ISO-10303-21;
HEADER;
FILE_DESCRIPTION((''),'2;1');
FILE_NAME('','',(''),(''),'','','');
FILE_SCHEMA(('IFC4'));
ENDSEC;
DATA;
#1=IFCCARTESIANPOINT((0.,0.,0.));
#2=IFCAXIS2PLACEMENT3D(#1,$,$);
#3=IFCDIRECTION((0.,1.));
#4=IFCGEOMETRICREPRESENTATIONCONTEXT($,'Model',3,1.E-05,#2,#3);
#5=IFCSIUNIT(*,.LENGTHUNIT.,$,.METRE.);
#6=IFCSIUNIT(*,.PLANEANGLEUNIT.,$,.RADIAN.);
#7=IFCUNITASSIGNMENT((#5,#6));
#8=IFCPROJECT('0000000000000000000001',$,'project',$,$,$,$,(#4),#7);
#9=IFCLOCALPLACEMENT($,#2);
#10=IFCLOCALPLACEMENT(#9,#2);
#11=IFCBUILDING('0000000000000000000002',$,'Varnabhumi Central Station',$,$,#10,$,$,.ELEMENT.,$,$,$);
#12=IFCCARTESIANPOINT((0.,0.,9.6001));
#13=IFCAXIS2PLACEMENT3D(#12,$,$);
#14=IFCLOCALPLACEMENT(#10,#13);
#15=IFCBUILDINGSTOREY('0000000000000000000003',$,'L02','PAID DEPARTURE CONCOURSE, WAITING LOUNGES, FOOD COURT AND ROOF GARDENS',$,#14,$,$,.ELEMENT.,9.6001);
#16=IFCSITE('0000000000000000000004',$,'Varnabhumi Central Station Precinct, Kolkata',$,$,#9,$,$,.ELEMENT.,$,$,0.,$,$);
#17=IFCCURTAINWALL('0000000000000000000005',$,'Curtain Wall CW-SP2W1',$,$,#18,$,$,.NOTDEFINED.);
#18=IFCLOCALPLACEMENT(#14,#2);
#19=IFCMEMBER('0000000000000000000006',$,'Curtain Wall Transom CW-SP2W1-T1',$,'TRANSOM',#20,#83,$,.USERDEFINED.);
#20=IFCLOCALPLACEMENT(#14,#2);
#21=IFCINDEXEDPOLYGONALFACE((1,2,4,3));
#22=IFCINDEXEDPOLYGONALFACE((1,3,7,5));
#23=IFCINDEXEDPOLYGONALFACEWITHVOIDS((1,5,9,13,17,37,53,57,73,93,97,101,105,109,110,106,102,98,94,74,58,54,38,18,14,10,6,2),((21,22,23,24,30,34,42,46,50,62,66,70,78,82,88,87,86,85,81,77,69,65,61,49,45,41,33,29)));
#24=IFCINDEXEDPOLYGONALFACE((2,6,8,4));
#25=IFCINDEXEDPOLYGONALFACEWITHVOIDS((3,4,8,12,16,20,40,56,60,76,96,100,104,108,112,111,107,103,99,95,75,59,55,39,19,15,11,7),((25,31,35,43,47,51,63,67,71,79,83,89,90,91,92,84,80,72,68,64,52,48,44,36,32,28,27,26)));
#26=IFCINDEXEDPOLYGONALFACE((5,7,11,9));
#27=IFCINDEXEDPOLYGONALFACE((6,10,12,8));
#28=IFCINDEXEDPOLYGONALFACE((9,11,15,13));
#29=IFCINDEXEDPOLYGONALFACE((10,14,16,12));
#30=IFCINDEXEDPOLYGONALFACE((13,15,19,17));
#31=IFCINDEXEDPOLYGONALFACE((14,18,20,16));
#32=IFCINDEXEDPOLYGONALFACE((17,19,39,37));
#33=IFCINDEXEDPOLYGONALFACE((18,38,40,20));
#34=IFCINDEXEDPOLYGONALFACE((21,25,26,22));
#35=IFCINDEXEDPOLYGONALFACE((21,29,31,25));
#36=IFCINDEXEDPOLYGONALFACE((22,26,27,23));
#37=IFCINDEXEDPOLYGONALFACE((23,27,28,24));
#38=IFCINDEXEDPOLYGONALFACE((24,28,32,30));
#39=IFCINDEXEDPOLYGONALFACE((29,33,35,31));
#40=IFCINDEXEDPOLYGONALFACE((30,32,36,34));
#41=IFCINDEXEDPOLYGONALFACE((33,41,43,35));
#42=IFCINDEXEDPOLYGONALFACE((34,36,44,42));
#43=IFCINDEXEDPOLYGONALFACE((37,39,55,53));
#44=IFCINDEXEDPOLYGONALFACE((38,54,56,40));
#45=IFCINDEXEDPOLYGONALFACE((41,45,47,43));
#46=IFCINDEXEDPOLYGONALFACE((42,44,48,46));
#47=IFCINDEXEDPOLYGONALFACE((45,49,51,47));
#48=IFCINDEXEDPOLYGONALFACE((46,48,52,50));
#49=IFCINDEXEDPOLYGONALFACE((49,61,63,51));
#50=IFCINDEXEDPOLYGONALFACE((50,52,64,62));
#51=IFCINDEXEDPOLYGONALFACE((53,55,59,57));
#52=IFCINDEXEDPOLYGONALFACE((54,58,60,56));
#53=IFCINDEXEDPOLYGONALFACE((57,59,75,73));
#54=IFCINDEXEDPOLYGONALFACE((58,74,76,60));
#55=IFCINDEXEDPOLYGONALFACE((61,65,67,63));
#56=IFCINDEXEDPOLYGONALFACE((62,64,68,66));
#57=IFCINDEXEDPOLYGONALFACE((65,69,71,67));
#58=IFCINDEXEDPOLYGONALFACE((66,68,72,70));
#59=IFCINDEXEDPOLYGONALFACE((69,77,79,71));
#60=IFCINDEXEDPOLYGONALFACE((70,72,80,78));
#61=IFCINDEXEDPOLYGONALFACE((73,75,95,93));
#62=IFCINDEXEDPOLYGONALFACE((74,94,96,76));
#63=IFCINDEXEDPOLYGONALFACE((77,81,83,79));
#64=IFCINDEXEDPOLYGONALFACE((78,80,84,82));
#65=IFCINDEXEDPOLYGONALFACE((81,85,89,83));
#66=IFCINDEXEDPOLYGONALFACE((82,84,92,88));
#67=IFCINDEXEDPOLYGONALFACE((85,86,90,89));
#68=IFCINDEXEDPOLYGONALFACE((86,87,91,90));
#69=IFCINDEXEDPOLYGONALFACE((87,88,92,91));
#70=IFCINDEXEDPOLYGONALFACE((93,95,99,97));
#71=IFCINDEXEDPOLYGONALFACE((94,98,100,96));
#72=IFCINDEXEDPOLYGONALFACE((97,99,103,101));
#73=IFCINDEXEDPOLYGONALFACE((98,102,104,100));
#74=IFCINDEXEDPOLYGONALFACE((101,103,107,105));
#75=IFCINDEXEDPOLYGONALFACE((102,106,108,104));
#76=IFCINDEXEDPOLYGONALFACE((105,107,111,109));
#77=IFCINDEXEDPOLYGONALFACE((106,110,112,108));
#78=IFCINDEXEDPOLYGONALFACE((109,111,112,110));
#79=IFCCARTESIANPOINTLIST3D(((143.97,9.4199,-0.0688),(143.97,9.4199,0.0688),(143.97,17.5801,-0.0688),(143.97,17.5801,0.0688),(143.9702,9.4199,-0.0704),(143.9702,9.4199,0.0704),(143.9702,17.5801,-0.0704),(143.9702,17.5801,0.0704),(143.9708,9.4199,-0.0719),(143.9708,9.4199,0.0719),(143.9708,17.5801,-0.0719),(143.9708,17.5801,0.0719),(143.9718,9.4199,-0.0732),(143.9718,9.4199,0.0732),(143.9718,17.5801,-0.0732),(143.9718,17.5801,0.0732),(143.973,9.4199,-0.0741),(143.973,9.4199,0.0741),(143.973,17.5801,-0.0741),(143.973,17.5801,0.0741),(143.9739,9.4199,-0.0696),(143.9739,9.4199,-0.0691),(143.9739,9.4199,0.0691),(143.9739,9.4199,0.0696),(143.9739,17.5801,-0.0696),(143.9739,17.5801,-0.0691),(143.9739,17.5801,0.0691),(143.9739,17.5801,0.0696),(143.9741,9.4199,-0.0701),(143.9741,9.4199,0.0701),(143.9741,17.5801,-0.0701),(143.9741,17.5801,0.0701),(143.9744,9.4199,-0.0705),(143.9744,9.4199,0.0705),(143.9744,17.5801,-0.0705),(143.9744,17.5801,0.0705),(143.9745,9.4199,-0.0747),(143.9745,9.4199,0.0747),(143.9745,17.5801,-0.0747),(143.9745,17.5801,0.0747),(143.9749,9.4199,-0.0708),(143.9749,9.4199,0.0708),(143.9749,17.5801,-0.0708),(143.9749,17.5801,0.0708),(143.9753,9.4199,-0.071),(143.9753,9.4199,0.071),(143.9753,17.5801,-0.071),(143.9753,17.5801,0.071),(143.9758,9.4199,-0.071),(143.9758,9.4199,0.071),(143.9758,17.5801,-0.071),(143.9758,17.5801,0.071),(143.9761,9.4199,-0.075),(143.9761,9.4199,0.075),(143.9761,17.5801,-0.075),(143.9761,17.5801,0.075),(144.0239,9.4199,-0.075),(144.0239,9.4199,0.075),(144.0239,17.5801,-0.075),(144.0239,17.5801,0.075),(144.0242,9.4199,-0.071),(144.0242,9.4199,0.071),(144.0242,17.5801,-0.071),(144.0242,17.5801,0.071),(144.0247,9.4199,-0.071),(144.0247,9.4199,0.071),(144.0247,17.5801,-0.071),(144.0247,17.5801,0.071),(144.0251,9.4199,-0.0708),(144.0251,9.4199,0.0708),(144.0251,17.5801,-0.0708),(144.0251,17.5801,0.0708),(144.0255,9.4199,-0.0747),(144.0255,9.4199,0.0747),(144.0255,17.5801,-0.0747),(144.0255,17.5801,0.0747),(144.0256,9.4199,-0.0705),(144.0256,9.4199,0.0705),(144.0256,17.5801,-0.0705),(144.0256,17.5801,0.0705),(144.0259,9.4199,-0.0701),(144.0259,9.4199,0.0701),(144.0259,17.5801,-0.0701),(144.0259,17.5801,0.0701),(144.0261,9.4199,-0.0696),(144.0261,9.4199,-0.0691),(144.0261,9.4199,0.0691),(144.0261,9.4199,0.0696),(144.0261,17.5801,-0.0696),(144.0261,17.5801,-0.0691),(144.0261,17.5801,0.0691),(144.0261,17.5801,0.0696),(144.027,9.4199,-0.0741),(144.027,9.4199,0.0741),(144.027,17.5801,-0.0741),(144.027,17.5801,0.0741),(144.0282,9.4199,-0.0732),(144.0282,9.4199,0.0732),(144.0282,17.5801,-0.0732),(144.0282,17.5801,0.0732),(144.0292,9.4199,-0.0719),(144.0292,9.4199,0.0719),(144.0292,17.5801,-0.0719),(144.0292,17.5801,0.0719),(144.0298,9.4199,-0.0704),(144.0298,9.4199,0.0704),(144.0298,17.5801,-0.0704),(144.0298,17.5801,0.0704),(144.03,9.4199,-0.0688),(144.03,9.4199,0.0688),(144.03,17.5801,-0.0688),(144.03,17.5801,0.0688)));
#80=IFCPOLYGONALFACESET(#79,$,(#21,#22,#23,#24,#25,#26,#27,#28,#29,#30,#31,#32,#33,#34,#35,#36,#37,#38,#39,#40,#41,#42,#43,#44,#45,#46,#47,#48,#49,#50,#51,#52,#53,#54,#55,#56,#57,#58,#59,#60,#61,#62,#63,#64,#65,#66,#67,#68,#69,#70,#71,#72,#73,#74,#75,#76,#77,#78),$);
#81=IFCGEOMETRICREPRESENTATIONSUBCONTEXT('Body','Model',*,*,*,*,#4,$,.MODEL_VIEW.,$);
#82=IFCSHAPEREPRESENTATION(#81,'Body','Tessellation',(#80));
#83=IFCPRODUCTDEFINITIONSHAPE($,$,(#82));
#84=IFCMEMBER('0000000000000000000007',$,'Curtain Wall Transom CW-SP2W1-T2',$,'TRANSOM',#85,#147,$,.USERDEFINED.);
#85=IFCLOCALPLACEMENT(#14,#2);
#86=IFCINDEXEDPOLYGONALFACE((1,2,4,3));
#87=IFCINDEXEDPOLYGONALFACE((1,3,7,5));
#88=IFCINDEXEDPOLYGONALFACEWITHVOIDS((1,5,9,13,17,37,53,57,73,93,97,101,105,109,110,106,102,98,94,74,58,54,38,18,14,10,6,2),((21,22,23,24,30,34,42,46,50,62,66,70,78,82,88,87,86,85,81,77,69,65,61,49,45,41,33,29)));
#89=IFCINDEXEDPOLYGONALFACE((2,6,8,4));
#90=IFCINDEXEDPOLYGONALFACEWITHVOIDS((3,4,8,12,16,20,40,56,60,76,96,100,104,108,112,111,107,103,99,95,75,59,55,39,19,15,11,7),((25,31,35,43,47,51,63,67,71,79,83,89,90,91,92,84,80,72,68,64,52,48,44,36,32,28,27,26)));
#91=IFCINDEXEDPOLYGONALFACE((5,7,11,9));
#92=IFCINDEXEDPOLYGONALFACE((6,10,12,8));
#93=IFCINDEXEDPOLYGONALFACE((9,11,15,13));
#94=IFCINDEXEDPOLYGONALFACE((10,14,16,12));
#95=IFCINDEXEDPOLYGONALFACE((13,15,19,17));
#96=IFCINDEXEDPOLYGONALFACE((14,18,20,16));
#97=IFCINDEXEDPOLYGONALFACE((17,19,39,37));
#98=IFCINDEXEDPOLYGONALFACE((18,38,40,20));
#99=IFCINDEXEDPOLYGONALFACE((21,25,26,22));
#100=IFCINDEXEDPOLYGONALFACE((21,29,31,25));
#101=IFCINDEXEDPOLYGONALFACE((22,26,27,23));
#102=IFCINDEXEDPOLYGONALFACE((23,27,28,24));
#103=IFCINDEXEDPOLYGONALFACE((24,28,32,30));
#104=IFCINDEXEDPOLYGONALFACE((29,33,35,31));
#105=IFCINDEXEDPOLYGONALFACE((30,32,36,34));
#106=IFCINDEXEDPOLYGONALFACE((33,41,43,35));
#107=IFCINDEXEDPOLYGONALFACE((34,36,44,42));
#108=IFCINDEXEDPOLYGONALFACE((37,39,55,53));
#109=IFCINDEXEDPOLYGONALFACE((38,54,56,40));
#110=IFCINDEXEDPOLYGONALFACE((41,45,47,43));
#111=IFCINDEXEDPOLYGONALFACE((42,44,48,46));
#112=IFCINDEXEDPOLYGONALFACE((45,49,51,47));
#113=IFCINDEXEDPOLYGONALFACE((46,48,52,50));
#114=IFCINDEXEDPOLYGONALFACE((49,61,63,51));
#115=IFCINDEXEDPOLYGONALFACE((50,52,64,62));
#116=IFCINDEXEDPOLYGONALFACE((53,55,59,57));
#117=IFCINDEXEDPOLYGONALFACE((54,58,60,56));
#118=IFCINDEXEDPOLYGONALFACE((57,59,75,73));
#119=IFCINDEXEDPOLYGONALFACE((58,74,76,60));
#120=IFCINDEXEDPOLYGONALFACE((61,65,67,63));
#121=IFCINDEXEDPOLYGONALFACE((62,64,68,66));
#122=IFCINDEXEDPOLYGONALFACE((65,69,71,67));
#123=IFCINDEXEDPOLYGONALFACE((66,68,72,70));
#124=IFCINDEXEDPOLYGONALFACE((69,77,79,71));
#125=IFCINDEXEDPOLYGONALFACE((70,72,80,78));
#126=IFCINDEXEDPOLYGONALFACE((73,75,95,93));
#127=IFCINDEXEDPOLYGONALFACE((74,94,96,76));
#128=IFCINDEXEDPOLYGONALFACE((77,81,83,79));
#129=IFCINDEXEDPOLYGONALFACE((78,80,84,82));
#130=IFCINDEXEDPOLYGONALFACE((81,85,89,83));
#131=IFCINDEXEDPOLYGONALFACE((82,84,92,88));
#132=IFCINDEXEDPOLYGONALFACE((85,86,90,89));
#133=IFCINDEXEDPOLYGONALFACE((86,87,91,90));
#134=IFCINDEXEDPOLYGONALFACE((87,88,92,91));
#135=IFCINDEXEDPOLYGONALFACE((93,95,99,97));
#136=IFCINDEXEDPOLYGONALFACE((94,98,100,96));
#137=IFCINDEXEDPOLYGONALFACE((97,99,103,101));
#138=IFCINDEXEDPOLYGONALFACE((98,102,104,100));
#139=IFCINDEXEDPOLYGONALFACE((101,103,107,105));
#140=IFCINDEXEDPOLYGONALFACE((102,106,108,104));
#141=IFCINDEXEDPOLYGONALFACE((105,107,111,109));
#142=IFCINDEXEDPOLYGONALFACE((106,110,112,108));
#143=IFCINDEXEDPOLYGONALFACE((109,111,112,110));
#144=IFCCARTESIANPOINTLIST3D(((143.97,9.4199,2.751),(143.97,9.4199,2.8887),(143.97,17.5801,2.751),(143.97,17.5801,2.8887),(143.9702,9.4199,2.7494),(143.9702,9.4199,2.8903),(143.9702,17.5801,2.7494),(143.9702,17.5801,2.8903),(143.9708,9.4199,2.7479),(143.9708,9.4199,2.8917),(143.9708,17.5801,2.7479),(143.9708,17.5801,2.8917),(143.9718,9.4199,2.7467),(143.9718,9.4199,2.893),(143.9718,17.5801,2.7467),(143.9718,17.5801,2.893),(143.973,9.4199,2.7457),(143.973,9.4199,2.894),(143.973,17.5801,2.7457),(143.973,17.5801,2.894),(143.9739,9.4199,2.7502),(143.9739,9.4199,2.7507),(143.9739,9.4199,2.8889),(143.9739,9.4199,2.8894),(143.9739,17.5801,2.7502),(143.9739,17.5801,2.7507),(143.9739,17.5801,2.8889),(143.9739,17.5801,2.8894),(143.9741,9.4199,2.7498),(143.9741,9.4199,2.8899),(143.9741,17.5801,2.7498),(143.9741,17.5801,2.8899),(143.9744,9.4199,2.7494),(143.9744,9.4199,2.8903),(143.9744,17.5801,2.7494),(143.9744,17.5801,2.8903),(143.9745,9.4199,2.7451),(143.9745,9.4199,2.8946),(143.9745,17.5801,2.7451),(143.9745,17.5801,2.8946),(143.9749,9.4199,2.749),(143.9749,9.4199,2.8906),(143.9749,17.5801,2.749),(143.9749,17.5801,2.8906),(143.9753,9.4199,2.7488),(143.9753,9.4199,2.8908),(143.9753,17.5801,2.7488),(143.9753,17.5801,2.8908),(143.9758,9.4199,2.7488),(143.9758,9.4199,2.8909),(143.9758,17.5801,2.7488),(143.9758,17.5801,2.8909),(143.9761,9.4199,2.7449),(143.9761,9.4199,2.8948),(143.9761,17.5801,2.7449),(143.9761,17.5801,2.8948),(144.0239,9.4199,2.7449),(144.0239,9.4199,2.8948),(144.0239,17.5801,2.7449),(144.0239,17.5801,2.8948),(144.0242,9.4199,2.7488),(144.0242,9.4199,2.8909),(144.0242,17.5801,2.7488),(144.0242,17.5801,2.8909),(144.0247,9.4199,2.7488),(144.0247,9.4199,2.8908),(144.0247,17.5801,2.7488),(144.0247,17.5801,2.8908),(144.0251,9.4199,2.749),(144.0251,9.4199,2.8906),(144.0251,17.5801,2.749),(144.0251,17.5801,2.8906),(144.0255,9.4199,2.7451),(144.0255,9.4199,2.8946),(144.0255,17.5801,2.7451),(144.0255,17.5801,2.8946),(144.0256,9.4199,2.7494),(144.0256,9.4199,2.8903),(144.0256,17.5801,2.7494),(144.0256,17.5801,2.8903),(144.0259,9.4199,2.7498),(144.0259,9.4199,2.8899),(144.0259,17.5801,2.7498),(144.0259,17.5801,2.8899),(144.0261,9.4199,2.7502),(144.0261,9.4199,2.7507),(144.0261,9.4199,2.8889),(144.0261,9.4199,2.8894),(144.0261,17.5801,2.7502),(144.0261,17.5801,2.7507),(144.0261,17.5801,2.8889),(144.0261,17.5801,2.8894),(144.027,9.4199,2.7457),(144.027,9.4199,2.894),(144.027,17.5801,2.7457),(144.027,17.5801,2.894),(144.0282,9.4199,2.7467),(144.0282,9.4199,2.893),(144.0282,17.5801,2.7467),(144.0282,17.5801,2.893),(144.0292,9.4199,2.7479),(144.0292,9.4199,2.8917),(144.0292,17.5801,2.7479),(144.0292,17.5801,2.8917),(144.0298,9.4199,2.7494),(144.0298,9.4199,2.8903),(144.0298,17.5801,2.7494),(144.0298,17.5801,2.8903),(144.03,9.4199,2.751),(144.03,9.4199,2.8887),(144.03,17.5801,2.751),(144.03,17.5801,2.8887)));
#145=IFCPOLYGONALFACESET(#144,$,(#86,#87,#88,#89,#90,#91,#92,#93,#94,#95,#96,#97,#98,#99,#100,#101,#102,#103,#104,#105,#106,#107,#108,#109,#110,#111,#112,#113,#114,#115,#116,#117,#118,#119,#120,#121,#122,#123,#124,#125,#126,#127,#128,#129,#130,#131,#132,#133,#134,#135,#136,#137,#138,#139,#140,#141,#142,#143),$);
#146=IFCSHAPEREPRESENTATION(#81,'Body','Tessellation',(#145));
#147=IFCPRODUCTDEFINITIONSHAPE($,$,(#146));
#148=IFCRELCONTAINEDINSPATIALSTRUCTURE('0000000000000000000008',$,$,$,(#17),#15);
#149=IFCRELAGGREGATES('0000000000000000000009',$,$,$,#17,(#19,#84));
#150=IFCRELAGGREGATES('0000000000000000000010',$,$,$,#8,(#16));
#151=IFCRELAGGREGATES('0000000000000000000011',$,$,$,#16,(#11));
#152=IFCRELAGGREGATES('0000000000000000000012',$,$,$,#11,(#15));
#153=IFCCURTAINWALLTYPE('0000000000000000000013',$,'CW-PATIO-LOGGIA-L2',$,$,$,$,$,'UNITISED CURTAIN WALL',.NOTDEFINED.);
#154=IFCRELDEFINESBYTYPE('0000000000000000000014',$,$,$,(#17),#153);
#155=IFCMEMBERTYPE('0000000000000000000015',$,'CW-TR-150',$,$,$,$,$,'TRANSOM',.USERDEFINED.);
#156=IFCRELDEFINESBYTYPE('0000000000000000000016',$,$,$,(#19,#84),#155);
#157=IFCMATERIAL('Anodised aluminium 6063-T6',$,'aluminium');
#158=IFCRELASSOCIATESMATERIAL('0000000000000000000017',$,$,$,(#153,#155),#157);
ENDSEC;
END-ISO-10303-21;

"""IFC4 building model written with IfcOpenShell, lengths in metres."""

from ifc_helpers import new_model, si_unit, direction, frame, origin, origin_2d, place, context, subcontext, project, spatial, hollow_rectangle, extrude, material, material_profile, profile_set, type_object, element, aggregate, save


model = new_model("IFC4")

# Units and contexts
model_context = context("Model", 3, precision=1e-05, world=origin(), true_north=direction((0.0, 1.0)))
body_context = subcontext(model_context, "Body", "Model", "MODEL_VIEW")
ifc_project = project(units=[si_unit("LENGTHUNIT", "METRE"), si_unit("PLANEANGLEUNIT", "RADIAN")], contexts=[model_context])

# Site, building, storey
site_placement = place(None, origin())
site = spatial("IfcSite", under=ifc_project, at=site_placement, Name="Varnabhumi Central Station Precinct, Kolkata", CompositionType="ELEMENT", RefElevation=0.0)
building_placement = place(site_placement, origin())
building = spatial("IfcBuilding", under=site, at=building_placement, Name="Varnabhumi Central Station", CompositionType="ELEMENT")
storey_placement = place(building_placement, frame((0.0, 0.0, 9.6001)))
storey = spatial("IfcBuildingStorey", under=building, at=storey_placement, Name="L02", Description="PAID DEPARTURE CONCOURSE, WAITING LOUNGES, FOOD COURT AND ROOF GARDENS", CompositionType="ELEMENT", Elevation=9.6001)

# Curtain wall
ifc_material_1 = material(Name="Anodised aluminium 6063-T6", Category="aluminium")
curtain_wall_type = type_object("IfcCurtainWallType", Name="CW-PATIO-LOGGIA-L2", ElementType="UNITISED CURTAIN WALL", PredefinedType="NOTDEFINED", material=ifc_material_1)
curtain_wall_1_placement = place(storey_placement, origin())
curtain_wall_1 = element("IfcCurtainWall", 1, at=curtain_wall_1_placement, inside=storey, type_object=curtain_wall_type, Name="Curtain Wall CW-SP2W1", PredefinedType="NOTDEFINED")

# Members
ifc_material_profile_1 = material_profile(ifc_material_1, hollow_rectangle(XDim=0.0601, YDim=0.1499, WallThickness=0.0039, InnerFilletRadius=0.002, OuterFilletRadius=0.0061, at=origin_2d()), Name="Anodised aluminium 6063-T6", Category="aluminium")
ifc_profile_set_1 = profile_set([ifc_material_profile_1], Name="Anodised aluminium 6063-T6")
member_type_1 = type_object("IfcMemberType", Name="CW-TR-150", ElementType="TRANSOM", PredefinedType="USERDEFINED", material=ifc_profile_set_1)
member_1_placement = place(storey_placement, frame((144.0, 9.4199, 0.0), z_axis=(0.0, 1.0, 0.0), x_axis=(-1.0, 0.0, 0.0)))
member_1 = element("IfcMember", 2, at=member_1_placement, type_object=member_type_1, Name="Curtain Wall Transom CW-SP2W1-T1", ObjectType="TRANSOM", PredefinedType="USERDEFINED", context=body_context, shape_type="SweptSolid", body=[
    extrude(hollow_rectangle(XDim=0.0601, YDim=0.1499, WallThickness=0.0039, InnerFilletRadius=0.002, OuterFilletRadius=0.0061, at=origin_2d()), origin(), (0.0, 0.0, 1.0), 8.1602),
])
member_2_placement = place(storey_placement, frame((144.0, 9.4199, 2.8198), z_axis=(0.0, 1.0, 0.0), x_axis=(-1.0, 0.0, 0.0)))
member_2 = element("IfcMember", 3, at=member_2_placement, type_object=member_type_1, Name="Curtain Wall Transom CW-SP2W1-T2", ObjectType="TRANSOM", PredefinedType="USERDEFINED", context=body_context, shape_type="SweptSolid", body=[
    extrude(hollow_rectangle(XDim=0.0601, YDim=0.1499, WallThickness=0.0039, InnerFilletRadius=0.002, OuterFilletRadius=0.0061, at=origin_2d()), origin(), (0.0, 0.0, 1.0), 8.1602),
])
aggregate(curtain_wall_1, [member_1, member_2])

save(model, "model.ifc")
